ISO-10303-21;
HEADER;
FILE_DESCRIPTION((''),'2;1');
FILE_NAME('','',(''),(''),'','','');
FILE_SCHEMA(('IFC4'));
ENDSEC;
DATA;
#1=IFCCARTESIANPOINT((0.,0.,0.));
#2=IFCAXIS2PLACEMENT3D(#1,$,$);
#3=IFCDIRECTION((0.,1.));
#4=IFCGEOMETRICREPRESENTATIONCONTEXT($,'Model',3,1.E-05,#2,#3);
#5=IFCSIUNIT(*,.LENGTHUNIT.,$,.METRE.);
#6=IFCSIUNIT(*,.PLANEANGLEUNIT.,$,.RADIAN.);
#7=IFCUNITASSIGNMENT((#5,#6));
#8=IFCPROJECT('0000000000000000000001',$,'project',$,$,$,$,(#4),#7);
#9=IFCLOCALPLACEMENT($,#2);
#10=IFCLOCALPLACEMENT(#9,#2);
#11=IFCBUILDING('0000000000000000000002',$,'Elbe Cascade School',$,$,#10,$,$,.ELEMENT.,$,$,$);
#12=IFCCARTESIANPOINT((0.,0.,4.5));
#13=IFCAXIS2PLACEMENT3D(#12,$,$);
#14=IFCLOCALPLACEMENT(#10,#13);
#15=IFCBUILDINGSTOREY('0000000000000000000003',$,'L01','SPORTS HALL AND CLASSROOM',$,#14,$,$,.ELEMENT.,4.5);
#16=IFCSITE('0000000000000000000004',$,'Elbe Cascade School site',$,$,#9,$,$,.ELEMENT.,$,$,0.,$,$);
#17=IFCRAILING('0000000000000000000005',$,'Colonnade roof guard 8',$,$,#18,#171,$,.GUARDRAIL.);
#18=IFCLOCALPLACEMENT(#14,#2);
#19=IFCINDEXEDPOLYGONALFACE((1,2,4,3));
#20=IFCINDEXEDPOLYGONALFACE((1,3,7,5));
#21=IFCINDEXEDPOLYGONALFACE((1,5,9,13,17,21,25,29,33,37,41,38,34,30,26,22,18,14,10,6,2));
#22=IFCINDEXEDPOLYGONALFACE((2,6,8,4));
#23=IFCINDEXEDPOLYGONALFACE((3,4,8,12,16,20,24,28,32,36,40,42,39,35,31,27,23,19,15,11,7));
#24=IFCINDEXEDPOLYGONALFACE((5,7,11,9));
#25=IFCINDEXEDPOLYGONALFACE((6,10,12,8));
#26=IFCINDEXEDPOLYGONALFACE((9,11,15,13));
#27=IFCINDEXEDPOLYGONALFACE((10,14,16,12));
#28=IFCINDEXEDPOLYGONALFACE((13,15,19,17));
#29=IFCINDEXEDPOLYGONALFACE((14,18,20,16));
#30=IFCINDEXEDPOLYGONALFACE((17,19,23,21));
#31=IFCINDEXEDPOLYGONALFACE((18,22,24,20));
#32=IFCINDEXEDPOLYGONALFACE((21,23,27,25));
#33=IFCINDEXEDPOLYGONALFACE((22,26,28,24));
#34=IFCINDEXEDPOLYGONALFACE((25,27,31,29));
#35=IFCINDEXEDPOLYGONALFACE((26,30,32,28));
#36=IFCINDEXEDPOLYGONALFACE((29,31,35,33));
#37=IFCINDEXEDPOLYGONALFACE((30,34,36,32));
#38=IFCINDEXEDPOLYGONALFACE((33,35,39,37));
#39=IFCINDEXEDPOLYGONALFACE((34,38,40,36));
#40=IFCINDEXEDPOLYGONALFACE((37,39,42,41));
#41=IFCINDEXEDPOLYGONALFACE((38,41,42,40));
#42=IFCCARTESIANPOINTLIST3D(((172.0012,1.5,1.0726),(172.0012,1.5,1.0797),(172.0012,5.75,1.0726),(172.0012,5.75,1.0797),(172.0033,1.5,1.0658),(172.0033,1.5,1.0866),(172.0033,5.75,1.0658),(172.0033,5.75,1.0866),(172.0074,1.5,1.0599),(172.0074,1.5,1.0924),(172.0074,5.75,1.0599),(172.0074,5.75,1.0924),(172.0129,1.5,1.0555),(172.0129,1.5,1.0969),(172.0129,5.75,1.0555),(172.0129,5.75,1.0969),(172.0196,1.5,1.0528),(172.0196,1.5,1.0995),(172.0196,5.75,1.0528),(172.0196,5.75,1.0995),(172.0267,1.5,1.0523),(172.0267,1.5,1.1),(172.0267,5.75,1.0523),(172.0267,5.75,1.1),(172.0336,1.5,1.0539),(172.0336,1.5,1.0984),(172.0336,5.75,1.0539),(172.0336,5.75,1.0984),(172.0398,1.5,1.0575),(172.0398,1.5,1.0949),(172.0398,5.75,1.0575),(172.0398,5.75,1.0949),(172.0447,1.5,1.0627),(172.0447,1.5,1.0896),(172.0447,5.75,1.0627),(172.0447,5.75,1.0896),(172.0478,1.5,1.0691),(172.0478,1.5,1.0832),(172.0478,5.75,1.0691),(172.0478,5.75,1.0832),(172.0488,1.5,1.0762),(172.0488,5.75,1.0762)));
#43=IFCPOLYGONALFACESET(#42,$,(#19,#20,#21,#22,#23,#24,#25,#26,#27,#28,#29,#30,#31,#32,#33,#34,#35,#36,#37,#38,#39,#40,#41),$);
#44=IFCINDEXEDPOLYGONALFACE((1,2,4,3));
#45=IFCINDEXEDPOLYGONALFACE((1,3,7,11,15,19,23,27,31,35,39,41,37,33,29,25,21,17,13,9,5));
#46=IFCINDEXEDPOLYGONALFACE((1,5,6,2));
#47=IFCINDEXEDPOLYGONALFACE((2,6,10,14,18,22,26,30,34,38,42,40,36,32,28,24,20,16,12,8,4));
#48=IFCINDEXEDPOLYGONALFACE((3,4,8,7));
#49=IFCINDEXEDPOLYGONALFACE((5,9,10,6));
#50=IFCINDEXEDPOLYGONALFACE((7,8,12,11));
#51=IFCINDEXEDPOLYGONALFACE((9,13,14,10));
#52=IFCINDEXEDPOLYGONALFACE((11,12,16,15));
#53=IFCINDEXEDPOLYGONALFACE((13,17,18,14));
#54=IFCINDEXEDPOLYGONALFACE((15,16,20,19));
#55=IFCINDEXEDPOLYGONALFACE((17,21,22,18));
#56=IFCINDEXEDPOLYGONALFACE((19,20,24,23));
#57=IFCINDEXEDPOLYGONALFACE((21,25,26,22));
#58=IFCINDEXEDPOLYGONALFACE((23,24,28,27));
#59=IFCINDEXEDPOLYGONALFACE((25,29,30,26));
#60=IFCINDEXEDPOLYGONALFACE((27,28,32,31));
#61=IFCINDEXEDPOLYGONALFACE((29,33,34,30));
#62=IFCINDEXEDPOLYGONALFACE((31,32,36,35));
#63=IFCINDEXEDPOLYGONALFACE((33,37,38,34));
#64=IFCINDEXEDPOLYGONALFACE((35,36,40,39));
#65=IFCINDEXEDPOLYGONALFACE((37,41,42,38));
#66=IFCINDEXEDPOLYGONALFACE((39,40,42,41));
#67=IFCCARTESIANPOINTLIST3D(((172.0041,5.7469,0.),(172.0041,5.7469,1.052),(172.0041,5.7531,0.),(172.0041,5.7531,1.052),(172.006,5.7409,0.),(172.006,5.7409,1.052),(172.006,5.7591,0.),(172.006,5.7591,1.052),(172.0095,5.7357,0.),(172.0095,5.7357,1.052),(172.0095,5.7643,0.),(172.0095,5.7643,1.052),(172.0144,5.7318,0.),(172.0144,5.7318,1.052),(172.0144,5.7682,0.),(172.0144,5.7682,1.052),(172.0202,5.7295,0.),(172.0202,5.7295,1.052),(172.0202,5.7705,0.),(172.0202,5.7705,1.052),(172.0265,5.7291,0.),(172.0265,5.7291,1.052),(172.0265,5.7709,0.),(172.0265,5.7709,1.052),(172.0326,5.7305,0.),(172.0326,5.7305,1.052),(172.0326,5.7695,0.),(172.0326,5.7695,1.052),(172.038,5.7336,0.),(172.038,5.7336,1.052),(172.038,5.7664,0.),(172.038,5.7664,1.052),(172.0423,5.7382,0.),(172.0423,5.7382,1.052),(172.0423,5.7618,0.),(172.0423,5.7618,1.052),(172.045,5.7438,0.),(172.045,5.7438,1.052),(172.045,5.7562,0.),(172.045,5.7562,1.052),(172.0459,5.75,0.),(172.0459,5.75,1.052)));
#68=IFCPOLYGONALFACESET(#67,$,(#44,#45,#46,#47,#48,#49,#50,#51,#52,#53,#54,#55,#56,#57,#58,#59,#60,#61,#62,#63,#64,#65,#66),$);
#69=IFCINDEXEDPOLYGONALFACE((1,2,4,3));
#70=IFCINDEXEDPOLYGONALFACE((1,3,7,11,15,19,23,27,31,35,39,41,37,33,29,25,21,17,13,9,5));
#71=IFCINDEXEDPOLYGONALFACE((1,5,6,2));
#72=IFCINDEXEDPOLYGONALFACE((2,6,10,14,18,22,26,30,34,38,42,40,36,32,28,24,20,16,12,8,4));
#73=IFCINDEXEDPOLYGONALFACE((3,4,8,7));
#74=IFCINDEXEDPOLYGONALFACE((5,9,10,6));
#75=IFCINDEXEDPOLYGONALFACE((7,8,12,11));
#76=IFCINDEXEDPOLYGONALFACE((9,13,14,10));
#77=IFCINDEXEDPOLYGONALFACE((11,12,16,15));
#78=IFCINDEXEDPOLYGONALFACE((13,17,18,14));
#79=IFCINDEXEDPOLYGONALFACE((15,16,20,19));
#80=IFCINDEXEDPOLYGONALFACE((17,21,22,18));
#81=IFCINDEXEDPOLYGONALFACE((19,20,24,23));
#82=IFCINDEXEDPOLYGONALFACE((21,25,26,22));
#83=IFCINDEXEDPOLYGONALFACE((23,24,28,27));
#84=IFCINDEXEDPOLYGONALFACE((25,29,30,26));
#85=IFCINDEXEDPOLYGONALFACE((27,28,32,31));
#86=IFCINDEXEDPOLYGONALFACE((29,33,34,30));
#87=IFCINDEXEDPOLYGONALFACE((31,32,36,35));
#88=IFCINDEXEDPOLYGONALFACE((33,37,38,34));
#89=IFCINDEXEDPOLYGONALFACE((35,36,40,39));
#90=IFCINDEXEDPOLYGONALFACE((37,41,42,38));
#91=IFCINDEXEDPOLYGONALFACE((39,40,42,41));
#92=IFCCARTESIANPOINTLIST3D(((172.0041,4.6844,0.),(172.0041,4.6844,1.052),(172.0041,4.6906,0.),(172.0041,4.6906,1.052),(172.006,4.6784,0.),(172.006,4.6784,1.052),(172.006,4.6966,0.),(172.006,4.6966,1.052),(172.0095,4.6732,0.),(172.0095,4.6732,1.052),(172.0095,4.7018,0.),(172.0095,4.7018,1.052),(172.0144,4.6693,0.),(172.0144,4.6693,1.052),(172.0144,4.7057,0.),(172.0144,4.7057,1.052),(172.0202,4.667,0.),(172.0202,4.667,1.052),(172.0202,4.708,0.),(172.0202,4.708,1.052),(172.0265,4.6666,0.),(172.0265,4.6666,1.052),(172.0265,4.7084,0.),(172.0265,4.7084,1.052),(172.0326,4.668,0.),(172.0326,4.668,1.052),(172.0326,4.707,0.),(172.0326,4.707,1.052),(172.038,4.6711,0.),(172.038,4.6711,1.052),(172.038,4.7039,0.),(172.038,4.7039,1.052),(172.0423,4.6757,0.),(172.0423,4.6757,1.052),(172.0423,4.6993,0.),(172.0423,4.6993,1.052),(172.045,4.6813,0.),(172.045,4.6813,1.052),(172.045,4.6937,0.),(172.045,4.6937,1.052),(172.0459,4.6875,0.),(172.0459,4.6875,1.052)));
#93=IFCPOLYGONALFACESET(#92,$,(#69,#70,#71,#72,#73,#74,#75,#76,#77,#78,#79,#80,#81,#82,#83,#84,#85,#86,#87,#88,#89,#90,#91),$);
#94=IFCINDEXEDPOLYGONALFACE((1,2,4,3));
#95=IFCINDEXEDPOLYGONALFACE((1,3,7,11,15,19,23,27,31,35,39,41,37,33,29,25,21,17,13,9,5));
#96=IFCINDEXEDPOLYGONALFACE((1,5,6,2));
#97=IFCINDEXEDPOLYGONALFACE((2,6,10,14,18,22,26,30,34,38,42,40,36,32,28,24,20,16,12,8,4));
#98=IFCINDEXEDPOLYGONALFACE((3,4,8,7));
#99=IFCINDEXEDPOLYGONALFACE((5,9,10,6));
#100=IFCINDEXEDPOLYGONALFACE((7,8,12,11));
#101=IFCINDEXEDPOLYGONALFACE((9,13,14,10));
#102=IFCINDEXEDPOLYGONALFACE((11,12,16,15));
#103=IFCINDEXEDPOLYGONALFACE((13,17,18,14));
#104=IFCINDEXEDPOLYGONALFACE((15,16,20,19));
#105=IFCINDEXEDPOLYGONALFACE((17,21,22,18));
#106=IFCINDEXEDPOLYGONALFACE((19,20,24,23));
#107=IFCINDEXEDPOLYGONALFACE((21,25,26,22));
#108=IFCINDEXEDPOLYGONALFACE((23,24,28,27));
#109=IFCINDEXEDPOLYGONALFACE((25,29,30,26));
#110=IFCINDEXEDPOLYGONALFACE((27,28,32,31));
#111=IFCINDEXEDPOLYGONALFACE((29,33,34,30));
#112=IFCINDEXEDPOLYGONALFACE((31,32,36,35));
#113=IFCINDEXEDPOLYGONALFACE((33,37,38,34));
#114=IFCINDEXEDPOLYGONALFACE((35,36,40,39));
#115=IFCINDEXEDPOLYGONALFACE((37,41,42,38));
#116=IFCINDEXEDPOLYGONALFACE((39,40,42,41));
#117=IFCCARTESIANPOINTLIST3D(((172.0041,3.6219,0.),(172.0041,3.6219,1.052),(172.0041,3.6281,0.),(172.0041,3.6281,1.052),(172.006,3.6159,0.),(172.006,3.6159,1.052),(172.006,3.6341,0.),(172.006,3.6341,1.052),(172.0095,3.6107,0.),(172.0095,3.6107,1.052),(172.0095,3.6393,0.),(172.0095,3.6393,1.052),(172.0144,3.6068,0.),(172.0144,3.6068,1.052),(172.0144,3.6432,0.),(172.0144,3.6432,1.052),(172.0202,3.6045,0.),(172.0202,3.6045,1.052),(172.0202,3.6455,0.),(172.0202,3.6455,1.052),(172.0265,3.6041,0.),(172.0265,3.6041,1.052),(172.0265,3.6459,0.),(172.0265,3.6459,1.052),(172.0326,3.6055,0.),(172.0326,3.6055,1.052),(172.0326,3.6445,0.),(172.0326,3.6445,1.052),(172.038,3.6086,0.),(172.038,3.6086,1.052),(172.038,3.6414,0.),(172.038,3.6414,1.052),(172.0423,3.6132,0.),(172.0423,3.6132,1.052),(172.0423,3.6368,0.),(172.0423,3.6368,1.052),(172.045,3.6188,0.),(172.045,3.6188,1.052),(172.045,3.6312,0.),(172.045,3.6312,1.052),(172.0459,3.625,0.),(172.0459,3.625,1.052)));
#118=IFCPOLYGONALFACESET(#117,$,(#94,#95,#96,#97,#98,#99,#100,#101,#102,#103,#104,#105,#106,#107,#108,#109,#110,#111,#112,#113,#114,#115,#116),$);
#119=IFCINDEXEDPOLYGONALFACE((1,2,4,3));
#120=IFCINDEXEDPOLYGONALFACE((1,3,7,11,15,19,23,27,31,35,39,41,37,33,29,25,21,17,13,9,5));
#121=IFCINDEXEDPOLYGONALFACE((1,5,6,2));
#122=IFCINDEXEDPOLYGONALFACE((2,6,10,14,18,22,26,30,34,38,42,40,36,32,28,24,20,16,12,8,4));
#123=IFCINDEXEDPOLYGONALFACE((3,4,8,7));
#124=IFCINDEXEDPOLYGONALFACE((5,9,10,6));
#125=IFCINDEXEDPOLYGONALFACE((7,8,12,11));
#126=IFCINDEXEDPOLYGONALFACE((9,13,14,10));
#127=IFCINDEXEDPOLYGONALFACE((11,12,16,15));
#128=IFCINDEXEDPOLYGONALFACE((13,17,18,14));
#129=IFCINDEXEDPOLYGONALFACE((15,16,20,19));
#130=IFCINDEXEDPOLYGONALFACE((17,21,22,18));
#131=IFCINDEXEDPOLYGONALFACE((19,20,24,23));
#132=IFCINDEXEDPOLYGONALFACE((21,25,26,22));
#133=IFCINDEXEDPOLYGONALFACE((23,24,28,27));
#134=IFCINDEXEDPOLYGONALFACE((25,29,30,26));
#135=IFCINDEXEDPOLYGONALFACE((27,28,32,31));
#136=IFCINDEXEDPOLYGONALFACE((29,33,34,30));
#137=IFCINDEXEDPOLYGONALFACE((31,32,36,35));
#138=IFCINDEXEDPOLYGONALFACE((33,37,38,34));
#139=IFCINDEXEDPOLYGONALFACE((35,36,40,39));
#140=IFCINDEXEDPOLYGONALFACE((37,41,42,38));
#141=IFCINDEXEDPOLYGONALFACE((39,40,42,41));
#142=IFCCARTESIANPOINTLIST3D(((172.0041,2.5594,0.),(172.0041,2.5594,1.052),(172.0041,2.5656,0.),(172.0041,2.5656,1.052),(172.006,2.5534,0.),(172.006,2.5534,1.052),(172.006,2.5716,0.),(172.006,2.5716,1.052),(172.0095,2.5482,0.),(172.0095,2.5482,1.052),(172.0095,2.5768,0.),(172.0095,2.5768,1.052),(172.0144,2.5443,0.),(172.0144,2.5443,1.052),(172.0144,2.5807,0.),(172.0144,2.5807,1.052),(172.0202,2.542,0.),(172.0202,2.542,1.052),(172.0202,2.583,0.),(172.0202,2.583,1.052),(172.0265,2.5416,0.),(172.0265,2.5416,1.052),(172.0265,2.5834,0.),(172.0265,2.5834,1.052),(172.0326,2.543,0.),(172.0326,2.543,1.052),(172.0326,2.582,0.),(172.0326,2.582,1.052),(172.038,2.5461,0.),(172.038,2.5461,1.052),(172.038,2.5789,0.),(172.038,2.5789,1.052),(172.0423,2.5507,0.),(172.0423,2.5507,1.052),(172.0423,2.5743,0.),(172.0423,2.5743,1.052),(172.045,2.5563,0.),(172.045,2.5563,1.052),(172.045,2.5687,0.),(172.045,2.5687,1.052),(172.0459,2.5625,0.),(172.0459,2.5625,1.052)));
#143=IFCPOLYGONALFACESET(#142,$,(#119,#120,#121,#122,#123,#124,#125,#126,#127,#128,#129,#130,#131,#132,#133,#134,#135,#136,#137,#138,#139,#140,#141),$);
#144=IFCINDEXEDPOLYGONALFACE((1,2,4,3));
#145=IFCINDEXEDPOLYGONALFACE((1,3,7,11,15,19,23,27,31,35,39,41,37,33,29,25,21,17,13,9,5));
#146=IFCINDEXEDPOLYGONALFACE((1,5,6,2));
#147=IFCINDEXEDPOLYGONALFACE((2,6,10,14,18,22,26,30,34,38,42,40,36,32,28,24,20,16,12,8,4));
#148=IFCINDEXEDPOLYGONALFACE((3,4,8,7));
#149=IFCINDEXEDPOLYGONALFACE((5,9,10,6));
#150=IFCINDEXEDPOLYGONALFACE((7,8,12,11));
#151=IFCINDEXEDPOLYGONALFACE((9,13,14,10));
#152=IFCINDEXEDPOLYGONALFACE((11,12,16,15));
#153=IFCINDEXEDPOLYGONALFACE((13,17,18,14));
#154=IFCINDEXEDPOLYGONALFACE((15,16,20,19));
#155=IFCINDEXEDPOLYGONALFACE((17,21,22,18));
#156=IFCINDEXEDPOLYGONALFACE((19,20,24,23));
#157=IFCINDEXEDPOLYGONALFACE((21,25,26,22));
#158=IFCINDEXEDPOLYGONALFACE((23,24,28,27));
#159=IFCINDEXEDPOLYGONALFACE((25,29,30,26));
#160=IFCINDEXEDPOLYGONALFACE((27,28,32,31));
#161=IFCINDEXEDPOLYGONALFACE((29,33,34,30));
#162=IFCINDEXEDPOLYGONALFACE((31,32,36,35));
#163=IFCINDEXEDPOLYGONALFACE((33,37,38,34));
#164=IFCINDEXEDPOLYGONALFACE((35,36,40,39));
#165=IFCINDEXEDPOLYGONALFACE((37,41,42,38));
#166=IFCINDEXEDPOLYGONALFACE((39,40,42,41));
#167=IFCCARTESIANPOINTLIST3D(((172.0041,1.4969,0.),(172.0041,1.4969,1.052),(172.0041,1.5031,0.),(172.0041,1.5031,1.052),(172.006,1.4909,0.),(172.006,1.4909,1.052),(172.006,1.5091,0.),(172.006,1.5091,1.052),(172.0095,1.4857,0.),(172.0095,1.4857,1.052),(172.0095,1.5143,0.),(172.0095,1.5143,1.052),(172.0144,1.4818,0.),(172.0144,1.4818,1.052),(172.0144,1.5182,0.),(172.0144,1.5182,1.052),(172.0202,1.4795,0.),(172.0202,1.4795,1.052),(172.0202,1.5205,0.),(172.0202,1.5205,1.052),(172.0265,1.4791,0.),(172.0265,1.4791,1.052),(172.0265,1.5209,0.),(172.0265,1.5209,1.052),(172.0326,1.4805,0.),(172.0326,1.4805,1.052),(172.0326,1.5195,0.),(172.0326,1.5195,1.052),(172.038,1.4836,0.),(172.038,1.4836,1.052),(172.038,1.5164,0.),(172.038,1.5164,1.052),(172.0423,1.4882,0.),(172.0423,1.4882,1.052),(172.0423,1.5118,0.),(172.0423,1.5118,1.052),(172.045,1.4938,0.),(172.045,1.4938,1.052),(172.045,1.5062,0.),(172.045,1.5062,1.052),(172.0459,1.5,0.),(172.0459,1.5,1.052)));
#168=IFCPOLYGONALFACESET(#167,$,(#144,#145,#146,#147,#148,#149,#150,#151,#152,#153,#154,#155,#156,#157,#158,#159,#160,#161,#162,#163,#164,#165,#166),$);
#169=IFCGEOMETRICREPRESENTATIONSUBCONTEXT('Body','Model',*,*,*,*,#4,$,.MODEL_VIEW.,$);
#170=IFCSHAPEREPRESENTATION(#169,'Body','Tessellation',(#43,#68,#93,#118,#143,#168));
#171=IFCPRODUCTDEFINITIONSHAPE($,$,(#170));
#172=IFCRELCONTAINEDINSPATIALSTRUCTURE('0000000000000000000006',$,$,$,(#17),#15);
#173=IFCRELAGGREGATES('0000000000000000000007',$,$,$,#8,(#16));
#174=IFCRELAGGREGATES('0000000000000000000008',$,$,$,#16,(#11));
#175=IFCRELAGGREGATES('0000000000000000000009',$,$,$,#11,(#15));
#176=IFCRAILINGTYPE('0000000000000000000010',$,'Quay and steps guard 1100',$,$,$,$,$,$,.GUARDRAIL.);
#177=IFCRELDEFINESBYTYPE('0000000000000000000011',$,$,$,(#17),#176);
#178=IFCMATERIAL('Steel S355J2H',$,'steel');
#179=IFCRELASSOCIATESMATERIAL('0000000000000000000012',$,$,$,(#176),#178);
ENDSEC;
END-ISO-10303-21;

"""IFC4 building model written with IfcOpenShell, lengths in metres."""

from ifc_helpers import new_model, si_unit, direction, frame, origin, origin_2d, place, context, subcontext, project, spatial, circle, extrude, material, type_object, element, save


model = new_model("IFC4")

# Units and contexts
model_context = context("Model", 3, precision=1e-05, world=origin(), true_north=direction((0.0, 1.0)))
body_context = subcontext(model_context, "Body", "Model", "MODEL_VIEW")
ifc_project = project(units=[si_unit("LENGTHUNIT", "METRE"), si_unit("PLANEANGLEUNIT", "RADIAN")], contexts=[model_context])

# Site, building, storey
site_placement = place(None, origin())
site = spatial("IfcSite", under=ifc_project, at=site_placement, Name="Elbe Cascade School site", CompositionType="ELEMENT", RefElevation=0.0)
building_placement = place(site_placement, origin())
building = spatial("IfcBuilding", under=site, at=building_placement, Name="Elbe Cascade School", CompositionType="ELEMENT")
storey_placement = place(building_placement, frame((0.0, 0.0, 4.5)))
storey = spatial("IfcBuildingStorey", under=building, at=storey_placement, Name="L01", Description="SPORTS HALL AND CLASSROOM", CompositionType="ELEMENT", Elevation=4.5)

# Railing
ifc_material_1 = material(Name="Steel S355J2H", Category="steel")
railing_type_1 = type_object("IfcRailingType", Name="Quay and steps guard 1100", PredefinedType="GUARDRAIL", material=ifc_material_1)
railing_1_placement = place(storey_placement, frame((172.0249, 5.75, 0.0)))
element("IfcRailing", 1, at=railing_1_placement, inside=storey, type_object=railing_type_1, Name="Colonnade roof guard 8", PredefinedType="GUARDRAIL", context=body_context, shape_type="SweptSolid", body=[
    extrude(circle(Radius=0.0239, at=origin_2d()), frame((0.0, 0.0, 1.0762), z_axis=(0.0, -1.0, 0.0), x_axis=(1.0, 0.0, 0.0)), (0.0, 0.0, 1.0), 4.25),
    extrude(circle(Radius=0.021, at=origin_2d()), origin(), (0.0, 0.0, 1.0), 1.052),
    extrude(circle(Radius=0.021, at=origin_2d()), frame((0.0, -1.0625, 0.0)), (0.0, 0.0, 1.0), 1.052),
    extrude(circle(Radius=0.021, at=origin_2d()), frame((0.0, -2.125, 0.0)), (0.0, 0.0, 1.0), 1.052),
    extrude(circle(Radius=0.021, at=origin_2d()), frame((0.0, -3.1875, 0.0)), (0.0, 0.0, 1.0), 1.052),
    extrude(circle(Radius=0.021, at=origin_2d()), frame((0.0, -4.25, 0.0)), (0.0, 0.0, 1.0), 1.052),
])

save(model, "model.ifc")
